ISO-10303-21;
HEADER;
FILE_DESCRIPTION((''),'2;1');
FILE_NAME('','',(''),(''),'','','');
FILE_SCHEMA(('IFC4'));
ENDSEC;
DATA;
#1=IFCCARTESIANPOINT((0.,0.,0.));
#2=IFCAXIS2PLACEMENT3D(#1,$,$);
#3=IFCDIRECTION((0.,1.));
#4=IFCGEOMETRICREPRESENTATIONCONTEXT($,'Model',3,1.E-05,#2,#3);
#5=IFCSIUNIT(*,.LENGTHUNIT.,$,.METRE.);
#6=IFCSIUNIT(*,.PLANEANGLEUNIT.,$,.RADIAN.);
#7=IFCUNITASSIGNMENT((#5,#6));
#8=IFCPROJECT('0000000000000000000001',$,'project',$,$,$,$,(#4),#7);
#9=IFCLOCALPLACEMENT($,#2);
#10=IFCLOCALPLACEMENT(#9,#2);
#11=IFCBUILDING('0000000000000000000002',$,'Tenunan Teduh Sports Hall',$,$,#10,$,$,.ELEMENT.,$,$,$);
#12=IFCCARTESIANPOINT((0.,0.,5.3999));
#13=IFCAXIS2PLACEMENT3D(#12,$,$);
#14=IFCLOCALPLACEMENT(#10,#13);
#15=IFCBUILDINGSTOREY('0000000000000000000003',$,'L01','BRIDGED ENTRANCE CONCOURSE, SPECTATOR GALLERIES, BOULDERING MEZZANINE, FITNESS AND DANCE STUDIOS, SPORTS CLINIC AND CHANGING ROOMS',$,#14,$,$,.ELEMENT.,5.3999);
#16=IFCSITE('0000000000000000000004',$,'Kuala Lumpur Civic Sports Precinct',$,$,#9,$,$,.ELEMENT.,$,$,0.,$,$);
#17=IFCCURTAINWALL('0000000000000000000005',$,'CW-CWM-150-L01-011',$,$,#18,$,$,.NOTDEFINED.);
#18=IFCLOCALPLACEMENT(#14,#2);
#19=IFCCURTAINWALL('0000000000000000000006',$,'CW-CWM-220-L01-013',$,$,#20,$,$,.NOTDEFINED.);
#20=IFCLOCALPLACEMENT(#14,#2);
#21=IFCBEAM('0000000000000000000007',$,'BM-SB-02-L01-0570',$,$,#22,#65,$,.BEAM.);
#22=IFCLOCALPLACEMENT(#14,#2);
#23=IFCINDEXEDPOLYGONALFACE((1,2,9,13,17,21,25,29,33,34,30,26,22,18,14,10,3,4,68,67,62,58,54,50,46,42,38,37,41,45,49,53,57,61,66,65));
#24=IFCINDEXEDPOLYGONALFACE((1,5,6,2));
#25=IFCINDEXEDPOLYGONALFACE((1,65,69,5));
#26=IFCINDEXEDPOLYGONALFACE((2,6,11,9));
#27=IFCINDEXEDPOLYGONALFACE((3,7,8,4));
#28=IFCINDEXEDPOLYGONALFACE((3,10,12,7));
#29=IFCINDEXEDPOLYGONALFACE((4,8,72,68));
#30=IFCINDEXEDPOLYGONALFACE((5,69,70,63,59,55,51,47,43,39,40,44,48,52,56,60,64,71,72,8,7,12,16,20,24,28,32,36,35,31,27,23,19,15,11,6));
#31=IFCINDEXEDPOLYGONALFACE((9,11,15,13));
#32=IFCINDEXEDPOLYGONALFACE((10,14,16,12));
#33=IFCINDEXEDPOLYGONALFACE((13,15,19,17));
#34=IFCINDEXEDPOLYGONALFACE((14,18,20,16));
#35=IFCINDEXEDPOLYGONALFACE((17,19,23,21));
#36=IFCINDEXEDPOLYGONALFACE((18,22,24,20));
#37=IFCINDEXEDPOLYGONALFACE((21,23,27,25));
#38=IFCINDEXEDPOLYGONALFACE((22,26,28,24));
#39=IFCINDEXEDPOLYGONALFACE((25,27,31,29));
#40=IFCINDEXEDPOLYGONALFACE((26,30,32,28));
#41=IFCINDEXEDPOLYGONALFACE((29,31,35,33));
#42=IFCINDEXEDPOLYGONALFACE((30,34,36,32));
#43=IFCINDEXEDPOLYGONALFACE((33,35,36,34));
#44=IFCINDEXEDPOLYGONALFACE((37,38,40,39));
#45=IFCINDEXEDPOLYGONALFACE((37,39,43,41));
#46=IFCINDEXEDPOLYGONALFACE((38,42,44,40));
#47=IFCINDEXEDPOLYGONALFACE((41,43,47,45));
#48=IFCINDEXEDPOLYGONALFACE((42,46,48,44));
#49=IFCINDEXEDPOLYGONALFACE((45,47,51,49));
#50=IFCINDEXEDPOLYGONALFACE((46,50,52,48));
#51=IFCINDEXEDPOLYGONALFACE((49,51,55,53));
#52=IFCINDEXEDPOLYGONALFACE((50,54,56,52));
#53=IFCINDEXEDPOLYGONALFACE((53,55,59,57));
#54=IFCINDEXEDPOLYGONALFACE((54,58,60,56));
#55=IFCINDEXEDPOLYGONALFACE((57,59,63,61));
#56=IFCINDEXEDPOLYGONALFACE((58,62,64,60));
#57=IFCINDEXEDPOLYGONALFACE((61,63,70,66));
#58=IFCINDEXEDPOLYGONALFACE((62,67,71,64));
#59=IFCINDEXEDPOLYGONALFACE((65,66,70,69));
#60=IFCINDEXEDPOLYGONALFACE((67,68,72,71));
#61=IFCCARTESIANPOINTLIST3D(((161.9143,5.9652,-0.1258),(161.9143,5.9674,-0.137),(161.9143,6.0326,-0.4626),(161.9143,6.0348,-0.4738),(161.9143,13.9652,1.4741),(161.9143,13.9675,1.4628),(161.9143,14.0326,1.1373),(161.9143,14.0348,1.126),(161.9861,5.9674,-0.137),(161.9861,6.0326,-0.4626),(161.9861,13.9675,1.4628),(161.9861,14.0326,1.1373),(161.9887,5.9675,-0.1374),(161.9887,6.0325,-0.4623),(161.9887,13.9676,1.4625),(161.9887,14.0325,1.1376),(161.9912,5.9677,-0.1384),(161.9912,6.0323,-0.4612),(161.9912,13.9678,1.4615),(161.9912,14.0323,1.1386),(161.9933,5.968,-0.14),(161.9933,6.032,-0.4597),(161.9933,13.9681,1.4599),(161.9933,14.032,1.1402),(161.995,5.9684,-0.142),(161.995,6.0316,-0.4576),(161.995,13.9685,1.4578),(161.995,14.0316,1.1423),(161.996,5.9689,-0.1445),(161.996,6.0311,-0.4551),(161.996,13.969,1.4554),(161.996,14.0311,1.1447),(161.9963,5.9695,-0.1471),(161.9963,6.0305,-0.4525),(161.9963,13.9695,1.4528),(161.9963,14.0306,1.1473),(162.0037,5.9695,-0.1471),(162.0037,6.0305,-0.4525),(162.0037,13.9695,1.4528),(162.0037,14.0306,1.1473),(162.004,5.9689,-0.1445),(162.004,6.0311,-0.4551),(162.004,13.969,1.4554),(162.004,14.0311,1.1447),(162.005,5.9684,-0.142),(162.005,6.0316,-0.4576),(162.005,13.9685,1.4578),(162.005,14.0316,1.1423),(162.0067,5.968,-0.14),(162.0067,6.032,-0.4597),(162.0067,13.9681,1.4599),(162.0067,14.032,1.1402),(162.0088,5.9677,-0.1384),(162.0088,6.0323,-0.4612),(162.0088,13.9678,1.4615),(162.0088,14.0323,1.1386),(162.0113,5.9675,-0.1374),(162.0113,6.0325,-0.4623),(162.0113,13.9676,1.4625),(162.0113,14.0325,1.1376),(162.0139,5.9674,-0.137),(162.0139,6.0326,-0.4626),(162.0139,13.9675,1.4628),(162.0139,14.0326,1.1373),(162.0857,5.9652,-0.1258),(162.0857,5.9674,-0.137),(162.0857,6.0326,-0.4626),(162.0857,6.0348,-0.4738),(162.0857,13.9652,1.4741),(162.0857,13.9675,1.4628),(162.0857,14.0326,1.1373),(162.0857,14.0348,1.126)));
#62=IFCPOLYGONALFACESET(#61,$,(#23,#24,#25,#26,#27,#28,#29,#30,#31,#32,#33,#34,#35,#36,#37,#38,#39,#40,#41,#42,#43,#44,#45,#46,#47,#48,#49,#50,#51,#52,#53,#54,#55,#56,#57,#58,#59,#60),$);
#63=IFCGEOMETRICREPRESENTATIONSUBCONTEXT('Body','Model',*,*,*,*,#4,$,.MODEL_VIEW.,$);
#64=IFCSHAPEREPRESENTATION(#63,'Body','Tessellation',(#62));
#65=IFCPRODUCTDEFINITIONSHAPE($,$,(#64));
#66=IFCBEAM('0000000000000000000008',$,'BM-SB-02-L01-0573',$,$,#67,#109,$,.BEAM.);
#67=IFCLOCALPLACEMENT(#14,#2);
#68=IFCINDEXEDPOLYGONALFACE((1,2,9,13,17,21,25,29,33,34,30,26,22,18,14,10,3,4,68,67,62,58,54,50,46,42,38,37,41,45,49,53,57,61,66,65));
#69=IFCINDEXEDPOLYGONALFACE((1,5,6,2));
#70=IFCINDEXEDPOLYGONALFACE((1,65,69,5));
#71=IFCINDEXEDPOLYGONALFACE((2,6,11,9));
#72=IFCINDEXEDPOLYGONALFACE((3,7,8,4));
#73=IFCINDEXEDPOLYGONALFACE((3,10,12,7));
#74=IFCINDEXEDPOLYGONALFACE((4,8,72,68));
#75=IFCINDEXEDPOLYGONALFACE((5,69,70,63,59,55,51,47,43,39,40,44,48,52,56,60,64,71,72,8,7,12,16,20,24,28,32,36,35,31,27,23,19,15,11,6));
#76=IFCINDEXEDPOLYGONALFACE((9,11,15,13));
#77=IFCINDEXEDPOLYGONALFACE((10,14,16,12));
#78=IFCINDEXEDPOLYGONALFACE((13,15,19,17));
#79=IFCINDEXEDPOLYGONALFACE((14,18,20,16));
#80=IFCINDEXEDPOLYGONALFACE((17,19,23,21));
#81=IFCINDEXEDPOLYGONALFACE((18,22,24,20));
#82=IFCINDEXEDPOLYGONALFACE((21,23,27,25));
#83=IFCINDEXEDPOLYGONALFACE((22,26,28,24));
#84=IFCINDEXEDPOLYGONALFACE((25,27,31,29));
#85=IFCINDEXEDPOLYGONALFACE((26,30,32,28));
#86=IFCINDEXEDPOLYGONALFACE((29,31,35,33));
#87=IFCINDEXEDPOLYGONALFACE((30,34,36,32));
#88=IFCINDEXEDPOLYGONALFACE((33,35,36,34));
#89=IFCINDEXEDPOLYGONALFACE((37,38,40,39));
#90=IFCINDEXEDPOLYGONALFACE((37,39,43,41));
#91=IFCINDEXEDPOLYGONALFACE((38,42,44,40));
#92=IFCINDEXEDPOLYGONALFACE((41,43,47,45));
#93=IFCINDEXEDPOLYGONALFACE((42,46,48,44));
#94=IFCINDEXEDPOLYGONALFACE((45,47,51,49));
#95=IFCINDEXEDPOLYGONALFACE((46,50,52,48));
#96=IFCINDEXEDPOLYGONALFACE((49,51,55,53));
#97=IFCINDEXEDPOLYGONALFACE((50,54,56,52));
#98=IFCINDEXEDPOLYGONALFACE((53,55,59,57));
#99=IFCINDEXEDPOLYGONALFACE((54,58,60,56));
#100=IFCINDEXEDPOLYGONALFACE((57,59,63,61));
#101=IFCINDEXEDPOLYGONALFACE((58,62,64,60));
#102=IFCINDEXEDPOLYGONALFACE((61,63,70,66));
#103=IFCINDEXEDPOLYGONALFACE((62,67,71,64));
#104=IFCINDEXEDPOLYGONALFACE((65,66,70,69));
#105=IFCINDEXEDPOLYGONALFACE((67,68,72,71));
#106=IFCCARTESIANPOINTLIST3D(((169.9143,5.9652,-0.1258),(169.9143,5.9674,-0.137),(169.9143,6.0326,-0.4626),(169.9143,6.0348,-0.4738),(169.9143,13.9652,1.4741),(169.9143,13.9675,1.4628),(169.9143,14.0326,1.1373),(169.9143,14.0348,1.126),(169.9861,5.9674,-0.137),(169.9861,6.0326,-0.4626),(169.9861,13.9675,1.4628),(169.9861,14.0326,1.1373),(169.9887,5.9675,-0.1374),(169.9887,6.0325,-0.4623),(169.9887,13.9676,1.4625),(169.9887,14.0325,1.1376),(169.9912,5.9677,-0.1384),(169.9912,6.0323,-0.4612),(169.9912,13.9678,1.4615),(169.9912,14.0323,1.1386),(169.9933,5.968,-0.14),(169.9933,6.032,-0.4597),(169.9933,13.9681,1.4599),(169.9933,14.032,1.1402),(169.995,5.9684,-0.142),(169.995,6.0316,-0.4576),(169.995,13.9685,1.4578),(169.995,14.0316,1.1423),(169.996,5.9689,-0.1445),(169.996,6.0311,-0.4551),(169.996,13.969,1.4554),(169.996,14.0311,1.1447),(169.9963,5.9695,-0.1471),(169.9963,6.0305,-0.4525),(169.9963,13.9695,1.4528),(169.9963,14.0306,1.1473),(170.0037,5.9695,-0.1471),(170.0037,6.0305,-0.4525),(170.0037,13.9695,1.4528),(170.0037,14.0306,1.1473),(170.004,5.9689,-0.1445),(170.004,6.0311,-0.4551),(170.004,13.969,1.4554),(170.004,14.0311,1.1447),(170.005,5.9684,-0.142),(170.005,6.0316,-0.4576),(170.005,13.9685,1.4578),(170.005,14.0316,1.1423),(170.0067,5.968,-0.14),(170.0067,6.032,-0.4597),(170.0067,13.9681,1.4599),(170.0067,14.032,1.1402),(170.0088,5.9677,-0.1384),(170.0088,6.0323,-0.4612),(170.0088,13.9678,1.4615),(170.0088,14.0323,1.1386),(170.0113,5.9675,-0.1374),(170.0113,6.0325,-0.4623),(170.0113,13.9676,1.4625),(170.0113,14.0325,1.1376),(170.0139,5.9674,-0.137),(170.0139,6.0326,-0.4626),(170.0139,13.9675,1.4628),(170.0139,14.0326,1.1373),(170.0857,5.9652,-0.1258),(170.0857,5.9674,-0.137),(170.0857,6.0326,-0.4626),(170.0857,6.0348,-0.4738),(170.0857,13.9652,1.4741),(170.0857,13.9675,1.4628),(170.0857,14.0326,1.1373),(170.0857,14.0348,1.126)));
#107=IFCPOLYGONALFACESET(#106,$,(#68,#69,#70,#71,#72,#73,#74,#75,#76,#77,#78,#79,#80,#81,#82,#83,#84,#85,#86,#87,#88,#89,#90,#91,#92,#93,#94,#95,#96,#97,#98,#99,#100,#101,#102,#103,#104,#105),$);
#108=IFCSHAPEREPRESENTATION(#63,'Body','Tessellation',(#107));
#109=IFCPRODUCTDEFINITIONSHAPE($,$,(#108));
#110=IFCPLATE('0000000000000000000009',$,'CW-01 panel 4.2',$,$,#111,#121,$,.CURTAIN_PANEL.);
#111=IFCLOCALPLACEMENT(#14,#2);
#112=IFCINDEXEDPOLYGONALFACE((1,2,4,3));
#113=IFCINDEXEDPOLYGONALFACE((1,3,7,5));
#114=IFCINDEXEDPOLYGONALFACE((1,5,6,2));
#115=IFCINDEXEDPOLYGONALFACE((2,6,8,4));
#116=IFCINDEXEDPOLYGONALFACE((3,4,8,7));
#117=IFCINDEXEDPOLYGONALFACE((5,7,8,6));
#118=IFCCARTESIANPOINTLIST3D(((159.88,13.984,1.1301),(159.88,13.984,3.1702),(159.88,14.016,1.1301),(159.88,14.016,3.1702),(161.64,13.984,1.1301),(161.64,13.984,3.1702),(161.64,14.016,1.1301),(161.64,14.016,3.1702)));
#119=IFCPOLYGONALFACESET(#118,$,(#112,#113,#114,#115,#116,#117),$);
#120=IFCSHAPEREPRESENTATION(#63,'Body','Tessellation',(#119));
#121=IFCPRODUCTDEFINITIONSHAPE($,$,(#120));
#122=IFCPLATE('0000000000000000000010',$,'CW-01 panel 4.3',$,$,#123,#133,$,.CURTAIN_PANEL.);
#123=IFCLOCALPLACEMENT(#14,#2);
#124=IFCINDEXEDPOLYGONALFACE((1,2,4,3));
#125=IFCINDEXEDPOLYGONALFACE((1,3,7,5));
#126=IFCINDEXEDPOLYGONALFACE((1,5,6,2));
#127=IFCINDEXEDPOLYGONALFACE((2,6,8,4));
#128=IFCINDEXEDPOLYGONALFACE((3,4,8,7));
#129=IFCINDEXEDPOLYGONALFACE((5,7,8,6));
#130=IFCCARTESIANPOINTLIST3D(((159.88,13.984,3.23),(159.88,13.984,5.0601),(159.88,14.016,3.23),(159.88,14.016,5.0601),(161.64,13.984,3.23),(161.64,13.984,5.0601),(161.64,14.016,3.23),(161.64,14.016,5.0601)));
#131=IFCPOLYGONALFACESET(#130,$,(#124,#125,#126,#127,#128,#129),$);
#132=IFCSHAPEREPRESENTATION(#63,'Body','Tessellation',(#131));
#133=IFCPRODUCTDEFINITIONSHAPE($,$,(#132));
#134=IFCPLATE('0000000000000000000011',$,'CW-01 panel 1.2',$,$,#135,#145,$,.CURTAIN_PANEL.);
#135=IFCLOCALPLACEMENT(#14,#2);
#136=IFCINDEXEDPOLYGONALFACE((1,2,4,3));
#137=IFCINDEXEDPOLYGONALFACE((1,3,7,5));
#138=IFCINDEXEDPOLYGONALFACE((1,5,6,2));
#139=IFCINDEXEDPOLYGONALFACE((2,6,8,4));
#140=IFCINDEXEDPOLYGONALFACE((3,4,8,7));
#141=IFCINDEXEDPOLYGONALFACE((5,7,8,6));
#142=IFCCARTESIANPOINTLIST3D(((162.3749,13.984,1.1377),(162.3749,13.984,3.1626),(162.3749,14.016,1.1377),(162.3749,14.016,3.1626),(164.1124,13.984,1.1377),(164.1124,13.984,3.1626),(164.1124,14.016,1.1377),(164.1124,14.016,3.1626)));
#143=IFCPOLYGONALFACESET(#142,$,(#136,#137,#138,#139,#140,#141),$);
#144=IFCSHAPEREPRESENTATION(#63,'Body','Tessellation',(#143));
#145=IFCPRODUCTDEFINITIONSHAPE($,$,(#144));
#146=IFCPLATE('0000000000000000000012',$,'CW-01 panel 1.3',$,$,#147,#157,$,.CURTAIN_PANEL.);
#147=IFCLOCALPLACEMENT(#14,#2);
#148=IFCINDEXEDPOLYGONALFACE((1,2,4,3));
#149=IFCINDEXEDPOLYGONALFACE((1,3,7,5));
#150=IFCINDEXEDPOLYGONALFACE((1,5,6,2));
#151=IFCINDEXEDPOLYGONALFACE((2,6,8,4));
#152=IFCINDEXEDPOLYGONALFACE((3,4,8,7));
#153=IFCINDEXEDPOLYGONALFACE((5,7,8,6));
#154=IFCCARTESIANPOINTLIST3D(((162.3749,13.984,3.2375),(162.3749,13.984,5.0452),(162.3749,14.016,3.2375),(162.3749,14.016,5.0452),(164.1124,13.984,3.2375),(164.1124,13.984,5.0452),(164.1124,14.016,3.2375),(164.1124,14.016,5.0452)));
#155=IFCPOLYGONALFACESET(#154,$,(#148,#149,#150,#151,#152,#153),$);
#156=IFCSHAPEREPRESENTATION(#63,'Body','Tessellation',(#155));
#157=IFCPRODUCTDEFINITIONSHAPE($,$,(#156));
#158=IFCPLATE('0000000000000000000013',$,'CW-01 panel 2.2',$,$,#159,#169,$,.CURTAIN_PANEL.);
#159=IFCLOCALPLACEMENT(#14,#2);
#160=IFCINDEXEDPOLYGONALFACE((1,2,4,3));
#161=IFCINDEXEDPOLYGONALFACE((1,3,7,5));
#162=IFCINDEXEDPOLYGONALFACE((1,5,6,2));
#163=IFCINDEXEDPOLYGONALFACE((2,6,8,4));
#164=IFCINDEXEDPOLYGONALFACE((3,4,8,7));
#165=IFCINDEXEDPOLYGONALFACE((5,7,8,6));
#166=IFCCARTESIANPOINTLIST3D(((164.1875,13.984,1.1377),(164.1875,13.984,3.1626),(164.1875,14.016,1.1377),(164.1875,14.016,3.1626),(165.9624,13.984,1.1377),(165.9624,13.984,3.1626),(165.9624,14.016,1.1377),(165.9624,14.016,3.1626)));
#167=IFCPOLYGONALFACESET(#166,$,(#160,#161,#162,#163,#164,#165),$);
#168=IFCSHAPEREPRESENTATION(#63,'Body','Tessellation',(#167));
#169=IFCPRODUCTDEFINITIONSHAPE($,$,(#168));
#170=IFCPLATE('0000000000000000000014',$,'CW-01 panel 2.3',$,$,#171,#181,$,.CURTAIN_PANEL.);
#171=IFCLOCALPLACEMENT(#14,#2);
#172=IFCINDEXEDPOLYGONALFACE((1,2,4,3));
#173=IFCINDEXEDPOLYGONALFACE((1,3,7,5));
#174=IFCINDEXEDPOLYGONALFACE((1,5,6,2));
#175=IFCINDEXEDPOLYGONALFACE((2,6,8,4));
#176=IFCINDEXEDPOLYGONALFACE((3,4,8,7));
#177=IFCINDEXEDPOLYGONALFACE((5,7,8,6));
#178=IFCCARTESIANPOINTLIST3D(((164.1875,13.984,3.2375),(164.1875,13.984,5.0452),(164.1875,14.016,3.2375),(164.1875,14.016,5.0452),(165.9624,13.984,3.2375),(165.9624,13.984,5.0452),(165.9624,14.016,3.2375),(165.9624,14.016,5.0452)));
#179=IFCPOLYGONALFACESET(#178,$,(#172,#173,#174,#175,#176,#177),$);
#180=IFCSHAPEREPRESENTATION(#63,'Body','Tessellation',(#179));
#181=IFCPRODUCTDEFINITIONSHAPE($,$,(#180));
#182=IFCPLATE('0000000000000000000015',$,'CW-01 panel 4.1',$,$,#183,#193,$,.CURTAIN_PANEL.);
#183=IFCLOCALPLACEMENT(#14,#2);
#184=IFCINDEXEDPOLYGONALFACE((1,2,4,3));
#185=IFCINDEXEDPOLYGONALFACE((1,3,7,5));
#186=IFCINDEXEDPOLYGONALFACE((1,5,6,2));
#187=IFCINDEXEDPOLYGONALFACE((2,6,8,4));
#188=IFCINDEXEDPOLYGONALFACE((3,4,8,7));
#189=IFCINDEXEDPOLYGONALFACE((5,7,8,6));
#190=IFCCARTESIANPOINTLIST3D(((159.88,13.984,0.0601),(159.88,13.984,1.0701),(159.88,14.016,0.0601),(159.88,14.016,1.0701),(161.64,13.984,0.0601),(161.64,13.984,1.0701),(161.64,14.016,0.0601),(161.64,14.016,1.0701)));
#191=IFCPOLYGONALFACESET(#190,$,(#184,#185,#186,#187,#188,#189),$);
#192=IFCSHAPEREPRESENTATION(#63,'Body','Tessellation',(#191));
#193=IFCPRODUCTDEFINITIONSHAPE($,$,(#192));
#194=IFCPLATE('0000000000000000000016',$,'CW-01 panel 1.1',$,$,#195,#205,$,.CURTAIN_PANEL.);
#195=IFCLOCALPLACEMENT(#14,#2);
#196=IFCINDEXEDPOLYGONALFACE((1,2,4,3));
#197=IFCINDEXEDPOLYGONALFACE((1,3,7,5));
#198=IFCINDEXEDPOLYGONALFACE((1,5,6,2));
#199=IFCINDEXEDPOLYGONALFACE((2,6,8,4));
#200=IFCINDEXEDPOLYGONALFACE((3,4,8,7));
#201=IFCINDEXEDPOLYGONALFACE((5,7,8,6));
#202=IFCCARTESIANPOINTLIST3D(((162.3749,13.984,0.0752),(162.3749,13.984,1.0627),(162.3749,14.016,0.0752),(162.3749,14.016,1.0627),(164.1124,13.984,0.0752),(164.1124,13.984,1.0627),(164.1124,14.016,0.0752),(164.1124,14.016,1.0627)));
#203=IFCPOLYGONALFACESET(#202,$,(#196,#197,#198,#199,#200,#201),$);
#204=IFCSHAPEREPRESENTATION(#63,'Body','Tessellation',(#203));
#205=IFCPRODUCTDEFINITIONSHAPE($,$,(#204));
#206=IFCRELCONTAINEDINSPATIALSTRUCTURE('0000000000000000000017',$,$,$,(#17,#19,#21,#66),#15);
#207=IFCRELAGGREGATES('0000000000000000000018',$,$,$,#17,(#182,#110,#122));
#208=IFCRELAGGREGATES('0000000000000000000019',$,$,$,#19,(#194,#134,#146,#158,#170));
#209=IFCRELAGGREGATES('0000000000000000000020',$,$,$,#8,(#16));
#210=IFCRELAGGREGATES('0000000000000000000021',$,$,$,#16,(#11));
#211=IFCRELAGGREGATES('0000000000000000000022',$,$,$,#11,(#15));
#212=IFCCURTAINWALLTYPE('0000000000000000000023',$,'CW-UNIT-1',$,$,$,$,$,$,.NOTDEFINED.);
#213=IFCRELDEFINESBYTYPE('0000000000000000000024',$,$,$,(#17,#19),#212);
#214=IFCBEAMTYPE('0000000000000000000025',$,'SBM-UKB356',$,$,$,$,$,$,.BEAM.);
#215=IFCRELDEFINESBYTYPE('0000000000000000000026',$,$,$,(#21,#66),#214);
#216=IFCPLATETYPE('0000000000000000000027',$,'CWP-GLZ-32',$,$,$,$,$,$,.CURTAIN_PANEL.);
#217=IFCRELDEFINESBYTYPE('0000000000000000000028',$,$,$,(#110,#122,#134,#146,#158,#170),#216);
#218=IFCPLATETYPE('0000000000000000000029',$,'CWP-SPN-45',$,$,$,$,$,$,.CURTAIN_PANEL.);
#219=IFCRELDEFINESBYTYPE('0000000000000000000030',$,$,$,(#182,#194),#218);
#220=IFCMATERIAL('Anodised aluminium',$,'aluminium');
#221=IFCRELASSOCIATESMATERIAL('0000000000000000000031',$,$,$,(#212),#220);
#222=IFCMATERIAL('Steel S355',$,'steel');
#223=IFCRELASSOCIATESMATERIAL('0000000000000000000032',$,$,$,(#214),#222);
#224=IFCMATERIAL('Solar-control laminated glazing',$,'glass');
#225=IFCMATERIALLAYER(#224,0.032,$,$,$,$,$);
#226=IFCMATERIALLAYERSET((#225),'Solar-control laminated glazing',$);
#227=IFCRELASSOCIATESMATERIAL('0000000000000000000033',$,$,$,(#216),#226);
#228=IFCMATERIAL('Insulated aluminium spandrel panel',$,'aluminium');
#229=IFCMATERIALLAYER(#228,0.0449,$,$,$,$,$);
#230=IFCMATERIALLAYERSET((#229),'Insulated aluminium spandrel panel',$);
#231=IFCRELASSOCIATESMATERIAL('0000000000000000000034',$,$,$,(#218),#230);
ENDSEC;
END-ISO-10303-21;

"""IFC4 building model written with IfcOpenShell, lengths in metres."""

from ifc_helpers import new_model, si_unit, direction, frame, origin, origin_2d, place, context, subcontext, project, spatial, rectangle, i_section, extrude, material, layer, layer_set, material_profile, profile_set, type_object, element, aggregate, save


model = new_model("IFC4")

# Units and contexts
model_context = context("Model", 3, precision=1e-05, world=origin(), true_north=direction((0.0, 1.0)))
body_context = subcontext(model_context, "Body", "Model", "MODEL_VIEW")
ifc_project = project(units=[si_unit("LENGTHUNIT", "METRE"), si_unit("PLANEANGLEUNIT", "RADIAN")], contexts=[model_context])

# Site, building, storey
site_placement = place(None, origin())
site = spatial("IfcSite", under=ifc_project, at=site_placement, Name="Kuala Lumpur Civic Sports Precinct", CompositionType="ELEMENT", RefElevation=0.0)
building_placement = place(site_placement, origin())
building = spatial("IfcBuilding", under=site, at=building_placement, Name="Tenunan Teduh Sports Hall", CompositionType="ELEMENT")
storey_placement = place(building_placement, frame((0.0, 0.0, 5.3999)))
storey = spatial("IfcBuildingStorey", under=building, at=storey_placement, Name="L01", Description="BRIDGED ENTRANCE CONCOURSE, SPECTATOR GALLERIES, BOULDERING MEZZANINE, FITNESS AND DANCE STUDIOS, SPORTS CLINIC AND CHANGING ROOMS", CompositionType="ELEMENT", Elevation=5.3999)

# Curtain wall
ifc_material_1 = material(Name="Anodised aluminium", Category="aluminium")
curtain_wall_type = type_object("IfcCurtainWallType", Name="CW-UNIT-1", PredefinedType="NOTDEFINED", material=ifc_material_1)
curtain_wall_1_placement = place(storey_placement, origin())
curtain_wall_1 = element("IfcCurtainWall", 1, at=curtain_wall_1_placement, inside=storey, type_object=curtain_wall_type, Name="CW-CWM-150-L01-011", PredefinedType="NOTDEFINED")

# Curtain wall
curtain_wall_2_placement = place(storey_placement, origin())
curtain_wall_2 = element("IfcCurtainWall", 2, at=curtain_wall_2_placement, inside=storey, type_object=curtain_wall_type, Name="CW-CWM-220-L01-013", PredefinedType="NOTDEFINED")

# Beams
ifc_material_2 = material(Name="Steel S355", Category="steel")
ifc_material_profile_1 = material_profile(ifc_material_2, i_section(OverallWidth=0.1714, OverallDepth=0.355, WebThickness=0.0073, FlangeThickness=0.0115, FilletRadius=0.0103, at=origin_2d()), Name="UKB 356x171x51")
ifc_profile_set_1 = profile_set([ifc_material_profile_1], Name="Steel S355")
beam_type_1 = type_object("IfcBeamType", Name="SBM-UKB356", PredefinedType="BEAM", material=ifc_profile_set_1)
for number, where, z_axis, x_axis, name in (
    (3, (162.0, 6.0, -0.2998), (0.0, 0.980584, 0.196099), (-1.0, 0.0, 0.0), "BM-SB-02-L01-0570"),
    (4, (170.0, 6.0, -0.2998), (0.0, 0.980584, 0.196099), (-1.0, 0.0, 0.0), "BM-SB-02-L01-0573"),
):
    element("IfcBeam", number, at=place(storey_placement, frame(where, z_axis=z_axis, x_axis=x_axis)), inside=storey, type_object=beam_type_1, Name=name, PredefinedType="BEAM", context=body_context, shape_type="SweptSolid", body=[
        extrude(i_section(OverallWidth=0.1714, OverallDepth=0.355, WebThickness=0.0073, FlangeThickness=0.0115, FilletRadius=0.0103, at=origin_2d()), origin(), (0.0, 0.0, 1.0), 8.1584),
    ])

# Plates
ifc_material_3 = material(Name="Solar-control laminated glazing", Category="glass")
ifc_layer_1 = layer(ifc_material_3, 0.032)
ifc_layer_set_1 = layer_set([ifc_layer_1], Name="Solar-control laminated glazing")
plate_type_1 = type_object("IfcPlateType", Name="CWP-GLZ-32", PredefinedType="CURTAIN_PANEL", material=ifc_layer_set_1)
plate_1_placement = place(storey_placement, frame((160.76, 14.0, 1.1301), z_axis=(0.0, 0.0, 1.0), x_axis=(1.0, 0.0, 0.0)))
plate_1 = element("IfcPlate", 5, at=plate_1_placement, type_object=plate_type_1, Name="CW-01 panel 4.2", PredefinedType="CURTAIN_PANEL", context=body_context, shape_type="SweptSolid", body=[
    extrude(rectangle(XDim=1.76, YDim=0.032, at=origin_2d()), origin(), (0.0, 0.0, 1.0), 2.04),
])
plate_2_placement = place(storey_placement, frame((160.76, 14.0, 3.23), z_axis=(0.0, 0.0, 1.0), x_axis=(1.0, 0.0, 0.0)))
plate_2 = element("IfcPlate", 6, at=plate_2_placement, type_object=plate_type_1, Name="CW-01 panel 4.3", PredefinedType="CURTAIN_PANEL", context=body_context, shape_type="SweptSolid", body=[
    extrude(rectangle(XDim=1.76, YDim=0.032, at=origin_2d()), origin(), (0.0, 0.0, 1.0), 1.8301),
])
plate_3_placement = place(storey_placement, frame((163.2437, 14.0, 1.1377), z_axis=(0.0, 0.0, 1.0), x_axis=(1.0, 0.0, 0.0)))
plate_3 = element("IfcPlate", 7, at=plate_3_placement, type_object=plate_type_1, Name="CW-01 panel 1.2", PredefinedType="CURTAIN_PANEL", context=body_context, shape_type="SweptSolid", body=[
    extrude(rectangle(XDim=1.7375, YDim=0.032, at=origin_2d()), origin(), (0.0, 0.0, 1.0), 2.0249),
])
plate_4_placement = place(storey_placement, frame((163.2437, 14.0, 3.2375), z_axis=(0.0, 0.0, 1.0), x_axis=(1.0, 0.0, 0.0)))
plate_4 = element("IfcPlate", 8, at=plate_4_placement, type_object=plate_type_1, Name="CW-01 panel 1.3", PredefinedType="CURTAIN_PANEL", context=body_context, shape_type="SweptSolid", body=[
    extrude(rectangle(XDim=1.7375, YDim=0.032, at=origin_2d()), origin(), (0.0, 0.0, 1.0), 1.8076),
])
plate_5_placement = place(storey_placement, frame((165.075, 14.0, 1.1377), z_axis=(0.0, 0.0, 1.0), x_axis=(1.0, 0.0, 0.0)))
plate_5 = element("IfcPlate", 9, at=plate_5_placement, type_object=plate_type_1, Name="CW-01 panel 2.2", PredefinedType="CURTAIN_PANEL", context=body_context, shape_type="SweptSolid", body=[
    extrude(rectangle(XDim=1.7749, YDim=0.032, at=origin_2d()), origin(), (0.0, 0.0, 1.0), 2.0249),
])
plate_6_placement = place(storey_placement, frame((165.075, 14.0, 3.2375), z_axis=(0.0, 0.0, 1.0), x_axis=(1.0, 0.0, 0.0)))
plate_6 = element("IfcPlate", 10, at=plate_6_placement, type_object=plate_type_1, Name="CW-01 panel 2.3", PredefinedType="CURTAIN_PANEL", context=body_context, shape_type="SweptSolid", body=[
    extrude(rectangle(XDim=1.7749, YDim=0.032, at=origin_2d()), origin(), (0.0, 0.0, 1.0), 1.8076),
])
ifc_material_4 = material(Name="Insulated aluminium spandrel panel", Category="aluminium")
ifc_layer_2 = layer(ifc_material_4, 0.0449)
ifc_layer_set_2 = layer_set([ifc_layer_2], Name="Insulated aluminium spandrel panel")
plate_type_2 = type_object("IfcPlateType", Name="CWP-SPN-45", PredefinedType="CURTAIN_PANEL", material=ifc_layer_set_2)
plate_7_placement = place(storey_placement, frame((160.76, 14.0, 0.0601), z_axis=(0.0, 0.0, 1.0), x_axis=(1.0, 0.0, 0.0)))
plate_7 = element("IfcPlate", 11, at=plate_7_placement, type_object=plate_type_2, Name="CW-01 panel 4.1", PredefinedType="CURTAIN_PANEL", context=body_context, shape_type="SweptSolid", body=[
    extrude(rectangle(XDim=1.76, YDim=0.032, at=origin_2d()), origin(), (0.0, 0.0, 1.0), 1.01),
])
aggregate(curtain_wall_1, [plate_7, plate_1, plate_2])
plate_8_placement = place(storey_placement, frame((163.2437, 14.0, 0.0752), z_axis=(0.0, 0.0, 1.0), x_axis=(1.0, 0.0, 0.0)))
plate_8 = element("IfcPlate", 12, at=plate_8_placement, type_object=plate_type_2, Name="CW-01 panel 1.1", PredefinedType="CURTAIN_PANEL", context=body_context, shape_type="SweptSolid", body=[
    extrude(rectangle(XDim=1.7375, YDim=0.032, at=origin_2d()), origin(), (0.0, 0.0, 1.0), 0.9875),
])
aggregate(curtain_wall_2, [plate_8, plate_3, plate_4, plate_5, plate_6])

save(model, "model.ifc")
